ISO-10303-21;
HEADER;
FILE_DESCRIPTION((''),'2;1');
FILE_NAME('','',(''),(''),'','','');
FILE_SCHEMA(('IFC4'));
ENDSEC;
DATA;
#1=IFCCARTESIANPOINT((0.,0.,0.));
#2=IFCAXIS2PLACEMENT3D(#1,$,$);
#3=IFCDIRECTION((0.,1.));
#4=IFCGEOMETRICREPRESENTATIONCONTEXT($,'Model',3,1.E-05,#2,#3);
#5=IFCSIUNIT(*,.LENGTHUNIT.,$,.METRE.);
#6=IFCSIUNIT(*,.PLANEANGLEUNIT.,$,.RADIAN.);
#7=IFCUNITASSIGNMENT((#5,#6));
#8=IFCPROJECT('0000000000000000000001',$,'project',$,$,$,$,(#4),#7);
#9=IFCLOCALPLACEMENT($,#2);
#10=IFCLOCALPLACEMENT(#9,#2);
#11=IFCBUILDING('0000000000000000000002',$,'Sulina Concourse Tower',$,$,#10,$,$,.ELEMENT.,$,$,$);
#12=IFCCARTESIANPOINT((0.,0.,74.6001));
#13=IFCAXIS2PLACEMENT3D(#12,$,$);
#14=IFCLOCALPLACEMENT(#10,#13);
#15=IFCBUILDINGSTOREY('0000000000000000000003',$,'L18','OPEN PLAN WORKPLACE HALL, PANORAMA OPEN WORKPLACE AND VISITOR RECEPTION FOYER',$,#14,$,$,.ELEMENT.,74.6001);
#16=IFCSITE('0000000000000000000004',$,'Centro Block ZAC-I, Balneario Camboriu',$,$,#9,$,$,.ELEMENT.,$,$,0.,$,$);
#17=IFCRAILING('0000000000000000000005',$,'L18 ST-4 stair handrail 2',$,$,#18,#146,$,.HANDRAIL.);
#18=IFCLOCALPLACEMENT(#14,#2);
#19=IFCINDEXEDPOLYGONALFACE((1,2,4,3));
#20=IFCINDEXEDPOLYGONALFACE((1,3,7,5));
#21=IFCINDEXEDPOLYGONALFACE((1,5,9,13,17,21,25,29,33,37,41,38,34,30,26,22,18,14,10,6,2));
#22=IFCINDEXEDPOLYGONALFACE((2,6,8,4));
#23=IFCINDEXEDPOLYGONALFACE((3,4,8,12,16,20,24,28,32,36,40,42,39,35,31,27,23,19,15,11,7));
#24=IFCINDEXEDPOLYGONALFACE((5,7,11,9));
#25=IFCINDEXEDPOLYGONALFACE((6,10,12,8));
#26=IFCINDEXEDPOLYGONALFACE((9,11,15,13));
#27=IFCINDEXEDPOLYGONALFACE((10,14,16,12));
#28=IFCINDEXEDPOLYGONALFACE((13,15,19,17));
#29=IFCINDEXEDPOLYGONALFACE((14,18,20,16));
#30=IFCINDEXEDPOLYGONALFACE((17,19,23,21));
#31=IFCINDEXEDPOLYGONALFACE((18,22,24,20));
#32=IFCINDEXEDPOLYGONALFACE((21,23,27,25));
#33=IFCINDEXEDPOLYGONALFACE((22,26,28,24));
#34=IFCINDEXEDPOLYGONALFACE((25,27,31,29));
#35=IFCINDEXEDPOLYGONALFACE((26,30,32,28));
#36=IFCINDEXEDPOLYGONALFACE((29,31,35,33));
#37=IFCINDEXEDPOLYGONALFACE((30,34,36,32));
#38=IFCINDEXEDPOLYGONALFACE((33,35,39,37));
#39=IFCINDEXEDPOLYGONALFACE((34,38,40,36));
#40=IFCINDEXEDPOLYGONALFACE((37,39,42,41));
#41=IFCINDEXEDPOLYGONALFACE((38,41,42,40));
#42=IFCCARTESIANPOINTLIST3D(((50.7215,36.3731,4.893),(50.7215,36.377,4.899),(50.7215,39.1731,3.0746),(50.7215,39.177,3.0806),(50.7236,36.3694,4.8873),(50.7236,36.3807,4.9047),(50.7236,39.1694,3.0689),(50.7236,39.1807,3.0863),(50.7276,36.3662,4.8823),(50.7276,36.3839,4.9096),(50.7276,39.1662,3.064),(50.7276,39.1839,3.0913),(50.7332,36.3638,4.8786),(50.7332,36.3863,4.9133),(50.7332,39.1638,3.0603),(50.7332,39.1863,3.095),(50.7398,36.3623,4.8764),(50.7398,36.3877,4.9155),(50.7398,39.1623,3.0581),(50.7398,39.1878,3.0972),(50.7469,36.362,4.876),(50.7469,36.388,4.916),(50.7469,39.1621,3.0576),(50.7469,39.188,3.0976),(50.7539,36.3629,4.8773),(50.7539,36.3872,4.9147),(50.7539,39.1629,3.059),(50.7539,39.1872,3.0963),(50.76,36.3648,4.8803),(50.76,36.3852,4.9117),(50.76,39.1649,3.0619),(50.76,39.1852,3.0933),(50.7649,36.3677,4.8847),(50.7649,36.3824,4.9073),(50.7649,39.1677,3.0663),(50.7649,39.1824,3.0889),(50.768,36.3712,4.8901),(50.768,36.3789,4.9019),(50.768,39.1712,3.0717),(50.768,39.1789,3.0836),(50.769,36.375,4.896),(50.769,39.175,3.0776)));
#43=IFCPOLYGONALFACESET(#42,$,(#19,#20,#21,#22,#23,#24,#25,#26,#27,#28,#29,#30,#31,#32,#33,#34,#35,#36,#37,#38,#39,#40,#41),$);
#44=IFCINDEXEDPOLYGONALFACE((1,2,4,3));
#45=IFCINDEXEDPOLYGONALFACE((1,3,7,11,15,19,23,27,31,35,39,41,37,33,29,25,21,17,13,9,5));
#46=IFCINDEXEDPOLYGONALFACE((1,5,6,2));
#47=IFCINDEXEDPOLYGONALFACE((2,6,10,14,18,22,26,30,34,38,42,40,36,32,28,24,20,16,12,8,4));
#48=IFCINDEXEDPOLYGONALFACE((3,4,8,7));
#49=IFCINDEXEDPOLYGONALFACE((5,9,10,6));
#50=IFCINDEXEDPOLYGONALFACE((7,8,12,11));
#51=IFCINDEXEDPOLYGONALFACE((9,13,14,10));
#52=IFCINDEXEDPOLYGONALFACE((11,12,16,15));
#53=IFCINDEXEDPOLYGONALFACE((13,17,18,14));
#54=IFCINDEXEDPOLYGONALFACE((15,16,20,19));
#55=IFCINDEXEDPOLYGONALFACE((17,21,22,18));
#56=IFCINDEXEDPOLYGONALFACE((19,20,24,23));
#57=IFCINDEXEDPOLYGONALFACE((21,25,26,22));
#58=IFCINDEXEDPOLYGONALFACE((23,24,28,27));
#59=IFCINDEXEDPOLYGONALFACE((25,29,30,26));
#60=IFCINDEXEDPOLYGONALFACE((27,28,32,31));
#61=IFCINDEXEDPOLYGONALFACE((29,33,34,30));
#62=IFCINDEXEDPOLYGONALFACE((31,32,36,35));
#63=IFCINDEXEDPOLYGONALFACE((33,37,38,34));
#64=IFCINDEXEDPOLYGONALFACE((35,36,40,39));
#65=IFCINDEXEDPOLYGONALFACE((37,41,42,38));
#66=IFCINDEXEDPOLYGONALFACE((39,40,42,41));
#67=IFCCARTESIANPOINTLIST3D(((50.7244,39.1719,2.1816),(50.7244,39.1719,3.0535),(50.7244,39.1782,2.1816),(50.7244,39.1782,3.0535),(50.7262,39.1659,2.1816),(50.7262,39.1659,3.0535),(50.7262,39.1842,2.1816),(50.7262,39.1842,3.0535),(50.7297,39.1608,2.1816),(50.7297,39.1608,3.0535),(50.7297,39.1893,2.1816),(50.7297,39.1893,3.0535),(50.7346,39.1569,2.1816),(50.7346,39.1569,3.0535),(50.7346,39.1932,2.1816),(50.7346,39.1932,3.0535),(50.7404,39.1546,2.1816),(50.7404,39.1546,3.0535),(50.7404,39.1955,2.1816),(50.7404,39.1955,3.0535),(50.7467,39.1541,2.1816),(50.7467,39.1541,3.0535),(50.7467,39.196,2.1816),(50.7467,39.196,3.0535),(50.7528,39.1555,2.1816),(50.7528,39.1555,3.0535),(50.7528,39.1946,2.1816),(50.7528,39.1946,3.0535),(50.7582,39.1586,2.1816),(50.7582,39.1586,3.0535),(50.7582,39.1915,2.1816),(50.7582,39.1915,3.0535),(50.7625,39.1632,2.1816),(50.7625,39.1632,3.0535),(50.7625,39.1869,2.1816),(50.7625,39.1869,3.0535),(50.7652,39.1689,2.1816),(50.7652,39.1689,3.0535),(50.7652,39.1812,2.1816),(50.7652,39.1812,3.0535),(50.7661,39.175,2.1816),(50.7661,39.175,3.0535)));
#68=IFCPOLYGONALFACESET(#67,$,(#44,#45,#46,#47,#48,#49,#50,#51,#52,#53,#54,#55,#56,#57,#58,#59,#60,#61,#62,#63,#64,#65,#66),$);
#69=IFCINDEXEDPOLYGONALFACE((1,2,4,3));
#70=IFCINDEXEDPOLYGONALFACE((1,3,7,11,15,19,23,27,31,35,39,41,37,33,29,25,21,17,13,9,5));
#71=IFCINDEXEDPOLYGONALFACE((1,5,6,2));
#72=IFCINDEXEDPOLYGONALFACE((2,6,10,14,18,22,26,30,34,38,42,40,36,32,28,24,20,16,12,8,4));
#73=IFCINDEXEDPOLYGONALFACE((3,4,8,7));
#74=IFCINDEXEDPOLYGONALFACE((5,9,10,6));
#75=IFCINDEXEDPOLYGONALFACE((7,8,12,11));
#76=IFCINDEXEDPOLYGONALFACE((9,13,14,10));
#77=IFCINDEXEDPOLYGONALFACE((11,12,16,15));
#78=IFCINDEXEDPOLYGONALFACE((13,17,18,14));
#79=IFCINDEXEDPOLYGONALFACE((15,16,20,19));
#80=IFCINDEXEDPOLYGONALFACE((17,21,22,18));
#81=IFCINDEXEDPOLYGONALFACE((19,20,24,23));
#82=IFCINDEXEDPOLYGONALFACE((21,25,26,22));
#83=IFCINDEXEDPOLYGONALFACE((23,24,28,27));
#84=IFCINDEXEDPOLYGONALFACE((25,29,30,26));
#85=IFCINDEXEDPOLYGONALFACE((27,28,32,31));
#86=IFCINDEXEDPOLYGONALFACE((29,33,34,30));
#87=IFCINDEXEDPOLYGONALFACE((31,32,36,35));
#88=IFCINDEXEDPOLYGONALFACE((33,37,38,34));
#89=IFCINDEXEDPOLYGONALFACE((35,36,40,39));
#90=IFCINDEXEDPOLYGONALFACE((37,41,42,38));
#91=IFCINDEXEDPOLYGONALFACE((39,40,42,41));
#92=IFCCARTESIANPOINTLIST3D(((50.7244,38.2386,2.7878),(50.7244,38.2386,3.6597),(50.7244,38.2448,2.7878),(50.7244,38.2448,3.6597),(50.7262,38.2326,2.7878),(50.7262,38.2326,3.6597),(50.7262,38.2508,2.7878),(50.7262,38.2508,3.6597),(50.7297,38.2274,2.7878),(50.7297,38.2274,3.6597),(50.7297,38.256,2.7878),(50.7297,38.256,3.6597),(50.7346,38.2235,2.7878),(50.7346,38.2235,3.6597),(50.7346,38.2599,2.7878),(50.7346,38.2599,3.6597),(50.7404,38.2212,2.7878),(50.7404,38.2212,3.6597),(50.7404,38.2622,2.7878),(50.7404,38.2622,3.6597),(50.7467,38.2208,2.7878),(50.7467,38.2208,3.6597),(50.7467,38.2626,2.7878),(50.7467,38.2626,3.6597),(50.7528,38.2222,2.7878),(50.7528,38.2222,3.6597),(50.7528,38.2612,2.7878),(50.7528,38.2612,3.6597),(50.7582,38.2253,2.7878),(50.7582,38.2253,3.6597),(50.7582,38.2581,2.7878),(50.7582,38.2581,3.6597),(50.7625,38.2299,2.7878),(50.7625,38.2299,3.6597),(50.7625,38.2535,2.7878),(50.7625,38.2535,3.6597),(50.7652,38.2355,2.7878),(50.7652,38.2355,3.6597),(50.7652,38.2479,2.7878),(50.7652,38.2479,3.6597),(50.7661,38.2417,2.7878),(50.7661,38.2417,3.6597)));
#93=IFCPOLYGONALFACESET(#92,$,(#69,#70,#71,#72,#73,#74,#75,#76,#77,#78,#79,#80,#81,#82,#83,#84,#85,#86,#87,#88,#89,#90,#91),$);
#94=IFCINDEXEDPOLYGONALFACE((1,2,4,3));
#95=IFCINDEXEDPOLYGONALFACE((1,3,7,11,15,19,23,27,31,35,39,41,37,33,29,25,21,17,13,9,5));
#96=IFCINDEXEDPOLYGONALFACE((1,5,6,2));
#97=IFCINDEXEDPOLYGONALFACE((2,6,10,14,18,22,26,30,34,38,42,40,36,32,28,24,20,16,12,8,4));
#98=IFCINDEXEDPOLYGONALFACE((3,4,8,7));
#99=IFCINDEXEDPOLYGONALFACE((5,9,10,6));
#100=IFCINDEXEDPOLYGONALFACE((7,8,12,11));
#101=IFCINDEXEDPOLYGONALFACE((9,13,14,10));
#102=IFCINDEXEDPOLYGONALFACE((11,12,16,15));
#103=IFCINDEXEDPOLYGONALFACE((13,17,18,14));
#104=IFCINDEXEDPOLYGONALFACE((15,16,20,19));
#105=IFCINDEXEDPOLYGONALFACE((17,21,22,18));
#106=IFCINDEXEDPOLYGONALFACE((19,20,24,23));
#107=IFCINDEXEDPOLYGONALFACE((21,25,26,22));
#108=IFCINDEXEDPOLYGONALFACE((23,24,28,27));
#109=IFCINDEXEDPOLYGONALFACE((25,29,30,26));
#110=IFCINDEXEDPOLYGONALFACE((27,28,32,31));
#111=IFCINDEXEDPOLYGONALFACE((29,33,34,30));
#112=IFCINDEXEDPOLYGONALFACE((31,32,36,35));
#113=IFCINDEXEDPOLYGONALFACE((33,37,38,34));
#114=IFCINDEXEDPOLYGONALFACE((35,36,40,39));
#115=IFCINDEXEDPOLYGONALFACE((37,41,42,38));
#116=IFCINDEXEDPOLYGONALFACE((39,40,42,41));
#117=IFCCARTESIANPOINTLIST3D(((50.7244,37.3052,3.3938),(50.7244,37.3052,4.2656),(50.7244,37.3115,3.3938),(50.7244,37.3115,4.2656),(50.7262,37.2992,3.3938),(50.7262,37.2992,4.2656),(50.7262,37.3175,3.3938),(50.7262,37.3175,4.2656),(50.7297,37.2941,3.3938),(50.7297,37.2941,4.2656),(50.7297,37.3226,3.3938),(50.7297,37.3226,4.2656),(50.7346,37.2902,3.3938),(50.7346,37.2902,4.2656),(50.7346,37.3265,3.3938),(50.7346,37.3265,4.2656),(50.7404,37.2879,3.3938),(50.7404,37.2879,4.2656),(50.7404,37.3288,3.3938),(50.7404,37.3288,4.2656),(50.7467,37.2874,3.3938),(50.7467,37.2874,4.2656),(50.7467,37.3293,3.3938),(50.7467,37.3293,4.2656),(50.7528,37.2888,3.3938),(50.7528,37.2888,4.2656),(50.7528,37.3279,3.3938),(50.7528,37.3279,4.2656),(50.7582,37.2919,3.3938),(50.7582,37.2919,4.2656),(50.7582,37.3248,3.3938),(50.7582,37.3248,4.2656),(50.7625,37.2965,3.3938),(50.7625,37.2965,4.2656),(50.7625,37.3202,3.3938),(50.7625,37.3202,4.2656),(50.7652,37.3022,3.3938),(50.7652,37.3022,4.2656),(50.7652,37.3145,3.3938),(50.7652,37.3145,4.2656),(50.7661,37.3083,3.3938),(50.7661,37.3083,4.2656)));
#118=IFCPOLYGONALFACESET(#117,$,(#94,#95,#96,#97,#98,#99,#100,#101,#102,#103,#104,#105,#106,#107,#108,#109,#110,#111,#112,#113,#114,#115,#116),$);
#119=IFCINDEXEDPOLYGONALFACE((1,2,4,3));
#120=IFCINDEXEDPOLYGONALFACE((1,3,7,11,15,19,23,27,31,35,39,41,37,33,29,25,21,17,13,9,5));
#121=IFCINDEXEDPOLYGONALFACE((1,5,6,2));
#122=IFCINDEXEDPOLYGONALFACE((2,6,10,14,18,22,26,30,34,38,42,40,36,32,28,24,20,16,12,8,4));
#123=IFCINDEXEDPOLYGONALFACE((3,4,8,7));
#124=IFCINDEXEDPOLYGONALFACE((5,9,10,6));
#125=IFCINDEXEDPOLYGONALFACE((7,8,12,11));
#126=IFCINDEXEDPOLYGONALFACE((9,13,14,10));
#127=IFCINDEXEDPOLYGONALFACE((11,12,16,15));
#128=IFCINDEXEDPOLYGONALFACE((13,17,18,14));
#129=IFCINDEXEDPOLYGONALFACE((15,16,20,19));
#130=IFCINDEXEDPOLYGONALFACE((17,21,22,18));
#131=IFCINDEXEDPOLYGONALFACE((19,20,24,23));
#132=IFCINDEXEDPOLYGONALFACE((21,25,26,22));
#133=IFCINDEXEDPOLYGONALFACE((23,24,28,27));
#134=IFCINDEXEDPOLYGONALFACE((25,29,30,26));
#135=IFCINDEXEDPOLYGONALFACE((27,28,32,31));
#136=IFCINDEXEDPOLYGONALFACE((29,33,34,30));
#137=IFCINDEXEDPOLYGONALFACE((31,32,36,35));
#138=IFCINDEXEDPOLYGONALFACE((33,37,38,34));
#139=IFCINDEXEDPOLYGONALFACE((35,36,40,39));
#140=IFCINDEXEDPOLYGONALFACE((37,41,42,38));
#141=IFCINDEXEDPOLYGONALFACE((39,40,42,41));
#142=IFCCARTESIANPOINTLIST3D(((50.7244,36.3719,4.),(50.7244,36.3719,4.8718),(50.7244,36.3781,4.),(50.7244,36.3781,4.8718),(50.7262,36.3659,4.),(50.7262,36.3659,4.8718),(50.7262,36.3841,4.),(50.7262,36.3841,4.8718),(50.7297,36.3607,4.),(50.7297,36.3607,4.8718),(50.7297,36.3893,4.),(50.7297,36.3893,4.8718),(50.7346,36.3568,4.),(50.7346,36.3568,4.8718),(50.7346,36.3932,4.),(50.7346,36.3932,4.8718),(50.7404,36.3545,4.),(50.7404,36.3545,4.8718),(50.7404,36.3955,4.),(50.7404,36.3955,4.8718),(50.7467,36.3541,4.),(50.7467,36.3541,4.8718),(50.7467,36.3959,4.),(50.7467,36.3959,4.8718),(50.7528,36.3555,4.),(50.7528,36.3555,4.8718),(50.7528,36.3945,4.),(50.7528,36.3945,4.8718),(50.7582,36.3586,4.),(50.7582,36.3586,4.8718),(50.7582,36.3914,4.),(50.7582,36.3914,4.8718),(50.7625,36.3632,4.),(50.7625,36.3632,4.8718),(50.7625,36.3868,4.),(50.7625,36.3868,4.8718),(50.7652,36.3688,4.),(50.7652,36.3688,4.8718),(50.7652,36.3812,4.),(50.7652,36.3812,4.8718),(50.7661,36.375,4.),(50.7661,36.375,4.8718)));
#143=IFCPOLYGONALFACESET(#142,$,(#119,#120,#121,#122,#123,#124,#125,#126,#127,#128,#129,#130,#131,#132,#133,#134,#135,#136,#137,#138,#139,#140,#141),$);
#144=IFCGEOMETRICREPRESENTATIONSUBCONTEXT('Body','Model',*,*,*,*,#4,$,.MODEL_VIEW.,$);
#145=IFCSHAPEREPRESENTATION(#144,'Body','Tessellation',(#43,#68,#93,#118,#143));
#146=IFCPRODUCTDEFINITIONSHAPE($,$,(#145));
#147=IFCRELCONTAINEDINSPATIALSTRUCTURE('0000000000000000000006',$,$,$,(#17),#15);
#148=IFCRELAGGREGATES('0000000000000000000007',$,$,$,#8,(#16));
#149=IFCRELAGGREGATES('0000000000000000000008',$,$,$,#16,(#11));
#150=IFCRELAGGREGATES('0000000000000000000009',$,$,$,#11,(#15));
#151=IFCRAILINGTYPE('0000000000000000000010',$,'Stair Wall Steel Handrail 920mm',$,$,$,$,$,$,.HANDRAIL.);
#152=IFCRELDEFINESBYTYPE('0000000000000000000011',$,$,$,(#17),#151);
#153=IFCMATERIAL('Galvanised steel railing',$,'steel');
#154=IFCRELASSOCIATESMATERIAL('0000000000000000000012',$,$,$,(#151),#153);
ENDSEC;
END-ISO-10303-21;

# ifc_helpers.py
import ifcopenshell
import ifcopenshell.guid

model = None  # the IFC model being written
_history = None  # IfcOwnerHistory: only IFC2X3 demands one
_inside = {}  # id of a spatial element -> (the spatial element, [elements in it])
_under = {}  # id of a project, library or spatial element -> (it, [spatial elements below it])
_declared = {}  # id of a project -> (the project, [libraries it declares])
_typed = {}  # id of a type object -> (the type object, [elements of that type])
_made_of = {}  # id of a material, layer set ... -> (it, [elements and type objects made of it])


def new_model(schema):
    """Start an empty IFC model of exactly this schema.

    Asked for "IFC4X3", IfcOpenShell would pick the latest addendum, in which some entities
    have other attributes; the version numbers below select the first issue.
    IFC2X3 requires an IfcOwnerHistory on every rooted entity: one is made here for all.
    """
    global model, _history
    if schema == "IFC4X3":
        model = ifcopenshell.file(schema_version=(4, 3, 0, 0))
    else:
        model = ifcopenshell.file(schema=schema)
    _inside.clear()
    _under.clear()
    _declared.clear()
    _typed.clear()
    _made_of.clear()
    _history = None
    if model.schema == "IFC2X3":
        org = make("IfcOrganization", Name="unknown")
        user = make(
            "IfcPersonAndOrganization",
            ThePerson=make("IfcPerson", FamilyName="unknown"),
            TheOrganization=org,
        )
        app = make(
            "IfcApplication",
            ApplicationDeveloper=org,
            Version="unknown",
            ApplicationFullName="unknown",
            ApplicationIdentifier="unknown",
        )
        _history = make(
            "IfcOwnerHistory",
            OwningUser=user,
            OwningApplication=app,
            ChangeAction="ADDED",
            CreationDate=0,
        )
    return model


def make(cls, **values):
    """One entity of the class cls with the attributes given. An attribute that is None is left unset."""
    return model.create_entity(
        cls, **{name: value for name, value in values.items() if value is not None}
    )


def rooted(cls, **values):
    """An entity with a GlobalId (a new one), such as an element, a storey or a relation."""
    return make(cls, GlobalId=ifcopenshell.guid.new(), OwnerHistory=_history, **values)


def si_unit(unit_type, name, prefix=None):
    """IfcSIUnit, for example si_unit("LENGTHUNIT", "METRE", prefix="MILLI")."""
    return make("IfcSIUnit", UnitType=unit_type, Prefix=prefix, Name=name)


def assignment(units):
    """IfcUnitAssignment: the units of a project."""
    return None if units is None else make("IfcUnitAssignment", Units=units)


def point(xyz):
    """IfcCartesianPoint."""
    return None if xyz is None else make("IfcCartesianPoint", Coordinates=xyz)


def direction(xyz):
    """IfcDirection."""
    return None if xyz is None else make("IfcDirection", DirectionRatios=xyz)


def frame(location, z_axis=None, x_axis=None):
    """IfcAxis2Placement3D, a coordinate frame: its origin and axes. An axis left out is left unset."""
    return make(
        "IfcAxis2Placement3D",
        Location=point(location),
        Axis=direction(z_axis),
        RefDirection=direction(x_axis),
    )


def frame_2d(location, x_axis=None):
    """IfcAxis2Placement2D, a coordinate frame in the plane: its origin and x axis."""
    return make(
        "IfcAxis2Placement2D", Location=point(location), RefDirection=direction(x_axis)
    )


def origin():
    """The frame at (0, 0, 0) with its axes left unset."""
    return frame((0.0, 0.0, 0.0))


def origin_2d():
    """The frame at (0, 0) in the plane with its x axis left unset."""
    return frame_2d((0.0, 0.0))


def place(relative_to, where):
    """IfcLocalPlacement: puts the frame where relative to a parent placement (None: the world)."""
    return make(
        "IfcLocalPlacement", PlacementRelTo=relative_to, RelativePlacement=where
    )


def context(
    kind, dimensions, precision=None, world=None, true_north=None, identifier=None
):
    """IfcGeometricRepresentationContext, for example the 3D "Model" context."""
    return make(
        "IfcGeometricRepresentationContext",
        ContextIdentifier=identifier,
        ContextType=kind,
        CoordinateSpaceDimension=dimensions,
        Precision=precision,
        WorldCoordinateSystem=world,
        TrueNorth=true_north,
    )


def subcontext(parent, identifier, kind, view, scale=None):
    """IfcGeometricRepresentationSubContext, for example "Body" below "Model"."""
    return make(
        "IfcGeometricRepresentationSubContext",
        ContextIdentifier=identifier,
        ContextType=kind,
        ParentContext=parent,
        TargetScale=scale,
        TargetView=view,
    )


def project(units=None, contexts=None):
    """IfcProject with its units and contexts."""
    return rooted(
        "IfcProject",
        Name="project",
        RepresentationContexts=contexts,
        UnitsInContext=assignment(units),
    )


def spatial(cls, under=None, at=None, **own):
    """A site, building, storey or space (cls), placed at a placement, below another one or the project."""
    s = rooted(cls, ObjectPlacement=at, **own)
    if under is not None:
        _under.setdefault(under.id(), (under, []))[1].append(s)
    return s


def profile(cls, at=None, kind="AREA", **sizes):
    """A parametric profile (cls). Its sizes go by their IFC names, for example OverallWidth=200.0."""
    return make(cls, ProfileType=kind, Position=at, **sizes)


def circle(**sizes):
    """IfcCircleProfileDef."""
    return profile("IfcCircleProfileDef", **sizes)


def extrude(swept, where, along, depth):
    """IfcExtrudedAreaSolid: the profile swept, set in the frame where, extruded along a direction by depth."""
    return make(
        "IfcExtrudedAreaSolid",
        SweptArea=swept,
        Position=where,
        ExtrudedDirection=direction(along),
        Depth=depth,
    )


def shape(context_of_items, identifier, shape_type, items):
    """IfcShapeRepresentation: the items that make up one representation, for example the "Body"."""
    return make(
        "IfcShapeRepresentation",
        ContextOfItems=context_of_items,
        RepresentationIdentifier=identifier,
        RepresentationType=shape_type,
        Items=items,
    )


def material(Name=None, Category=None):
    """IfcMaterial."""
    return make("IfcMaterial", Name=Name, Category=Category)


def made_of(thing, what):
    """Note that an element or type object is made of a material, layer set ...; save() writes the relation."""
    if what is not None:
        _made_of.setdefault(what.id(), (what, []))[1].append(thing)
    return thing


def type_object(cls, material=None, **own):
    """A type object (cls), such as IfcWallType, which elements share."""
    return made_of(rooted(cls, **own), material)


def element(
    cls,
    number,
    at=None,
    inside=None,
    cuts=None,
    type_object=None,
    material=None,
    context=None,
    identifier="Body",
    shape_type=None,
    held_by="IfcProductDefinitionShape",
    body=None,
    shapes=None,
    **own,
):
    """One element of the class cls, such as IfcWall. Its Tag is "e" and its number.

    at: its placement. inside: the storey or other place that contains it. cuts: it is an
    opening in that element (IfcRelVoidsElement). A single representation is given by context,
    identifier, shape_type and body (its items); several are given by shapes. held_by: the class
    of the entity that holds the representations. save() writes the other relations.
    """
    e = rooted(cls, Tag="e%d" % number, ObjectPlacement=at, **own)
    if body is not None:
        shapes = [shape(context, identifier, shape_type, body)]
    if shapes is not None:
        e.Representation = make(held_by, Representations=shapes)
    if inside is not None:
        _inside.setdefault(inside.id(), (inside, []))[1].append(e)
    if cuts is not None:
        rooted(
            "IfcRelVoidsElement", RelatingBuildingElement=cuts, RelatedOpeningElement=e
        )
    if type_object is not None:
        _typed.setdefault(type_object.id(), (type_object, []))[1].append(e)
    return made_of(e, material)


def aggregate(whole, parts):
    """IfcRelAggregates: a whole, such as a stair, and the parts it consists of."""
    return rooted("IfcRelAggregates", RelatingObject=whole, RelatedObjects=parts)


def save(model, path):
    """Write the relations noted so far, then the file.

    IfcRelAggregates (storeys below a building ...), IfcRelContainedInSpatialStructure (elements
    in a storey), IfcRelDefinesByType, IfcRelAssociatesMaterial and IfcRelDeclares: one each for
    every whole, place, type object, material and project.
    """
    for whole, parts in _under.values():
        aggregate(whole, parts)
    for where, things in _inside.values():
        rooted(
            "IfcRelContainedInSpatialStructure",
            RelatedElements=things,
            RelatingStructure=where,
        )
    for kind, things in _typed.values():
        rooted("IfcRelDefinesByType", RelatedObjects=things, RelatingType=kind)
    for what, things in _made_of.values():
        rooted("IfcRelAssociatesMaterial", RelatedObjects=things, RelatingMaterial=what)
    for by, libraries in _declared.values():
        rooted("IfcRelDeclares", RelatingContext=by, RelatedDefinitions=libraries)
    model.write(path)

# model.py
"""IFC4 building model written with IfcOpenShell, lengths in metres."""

from ifc_helpers import new_model, si_unit, direction, frame, origin, origin_2d, place, context, subcontext, project, spatial, circle, extrude, material, type_object, element, save


model = new_model("IFC4")

# Units and contexts
model_context = context("Model", 3, precision=1e-05, world=origin(), true_north=direction((0.0, 1.0)))
body_context = subcontext(model_context, "Body", "Model", "MODEL_VIEW")
ifc_project = project(units=[si_unit("LENGTHUNIT", "METRE"), si_unit("PLANEANGLEUNIT", "RADIAN")], contexts=[model_context])

# Site, building, storey
site_placement = place(None, origin())
site = spatial("IfcSite", under=ifc_project, at=site_placement, Name="Centro Block ZAC-I, Balneario Camboriu", CompositionType="ELEMENT", RefElevation=0.0)
building_placement = place(site_placement, origin())
building = spatial("IfcBuilding", under=site, at=building_placement, Name="Sulina Concourse Tower", CompositionType="ELEMENT")
storey_placement = place(building_placement, frame((0.0, 0.0, 74.6001)))
storey = spatial("IfcBuildingStorey", under=building, at=storey_placement, Name="L18", Description="OPEN PLAN WORKPLACE HALL, PANORAMA OPEN WORKPLACE AND VISITOR RECEPTION FOYER", CompositionType="ELEMENT", Elevation=74.6001)

# Railing
ifc_material_1 = material(Name="Galvanised steel railing", Category="steel")
railing_type_1 = type_object("IfcRailingType", Name="Stair Wall Steel Handrail 920mm", PredefinedType="HANDRAIL", material=ifc_material_1)
railing_1_placement = place(storey_placement, frame((50.7451, 39.175, 2.1816)))
element("IfcRailing", 1, at=railing_1_placement, inside=storey, type_object=railing_type_1, Name="L18 ST-4 stair handrail 2", PredefinedType="HANDRAIL", context=body_context, shape_type="SweptSolid", body=[
    extrude(circle(Radius=0.0239, at=origin_2d()), frame((0.0, 0.0, 0.896), z_axis=(0.0, -0.838672, 0.544636), x_axis=(1.0, 0.0, 0.0)), (0.0, 0.0, 1.0), 3.3386),
    extrude(circle(Radius=0.021, at=origin_2d()), origin(), (0.0, 0.0, 1.0), 0.8718),
    extrude(circle(Radius=0.021, at=origin_2d()), frame((0.0, -0.9333, 0.6062)), (0.0, 0.0, 1.0), 0.8718),
    extrude(circle(Radius=0.021, at=origin_2d()), frame((0.0, -1.8667, 1.2122)), (0.0, 0.0, 1.0), 0.8718),
    extrude(circle(Radius=0.021, at=origin_2d()), frame((0.0, -2.8, 1.8184)), (0.0, 0.0, 1.0), 0.8718),
])

save(model, "model.ifc")
